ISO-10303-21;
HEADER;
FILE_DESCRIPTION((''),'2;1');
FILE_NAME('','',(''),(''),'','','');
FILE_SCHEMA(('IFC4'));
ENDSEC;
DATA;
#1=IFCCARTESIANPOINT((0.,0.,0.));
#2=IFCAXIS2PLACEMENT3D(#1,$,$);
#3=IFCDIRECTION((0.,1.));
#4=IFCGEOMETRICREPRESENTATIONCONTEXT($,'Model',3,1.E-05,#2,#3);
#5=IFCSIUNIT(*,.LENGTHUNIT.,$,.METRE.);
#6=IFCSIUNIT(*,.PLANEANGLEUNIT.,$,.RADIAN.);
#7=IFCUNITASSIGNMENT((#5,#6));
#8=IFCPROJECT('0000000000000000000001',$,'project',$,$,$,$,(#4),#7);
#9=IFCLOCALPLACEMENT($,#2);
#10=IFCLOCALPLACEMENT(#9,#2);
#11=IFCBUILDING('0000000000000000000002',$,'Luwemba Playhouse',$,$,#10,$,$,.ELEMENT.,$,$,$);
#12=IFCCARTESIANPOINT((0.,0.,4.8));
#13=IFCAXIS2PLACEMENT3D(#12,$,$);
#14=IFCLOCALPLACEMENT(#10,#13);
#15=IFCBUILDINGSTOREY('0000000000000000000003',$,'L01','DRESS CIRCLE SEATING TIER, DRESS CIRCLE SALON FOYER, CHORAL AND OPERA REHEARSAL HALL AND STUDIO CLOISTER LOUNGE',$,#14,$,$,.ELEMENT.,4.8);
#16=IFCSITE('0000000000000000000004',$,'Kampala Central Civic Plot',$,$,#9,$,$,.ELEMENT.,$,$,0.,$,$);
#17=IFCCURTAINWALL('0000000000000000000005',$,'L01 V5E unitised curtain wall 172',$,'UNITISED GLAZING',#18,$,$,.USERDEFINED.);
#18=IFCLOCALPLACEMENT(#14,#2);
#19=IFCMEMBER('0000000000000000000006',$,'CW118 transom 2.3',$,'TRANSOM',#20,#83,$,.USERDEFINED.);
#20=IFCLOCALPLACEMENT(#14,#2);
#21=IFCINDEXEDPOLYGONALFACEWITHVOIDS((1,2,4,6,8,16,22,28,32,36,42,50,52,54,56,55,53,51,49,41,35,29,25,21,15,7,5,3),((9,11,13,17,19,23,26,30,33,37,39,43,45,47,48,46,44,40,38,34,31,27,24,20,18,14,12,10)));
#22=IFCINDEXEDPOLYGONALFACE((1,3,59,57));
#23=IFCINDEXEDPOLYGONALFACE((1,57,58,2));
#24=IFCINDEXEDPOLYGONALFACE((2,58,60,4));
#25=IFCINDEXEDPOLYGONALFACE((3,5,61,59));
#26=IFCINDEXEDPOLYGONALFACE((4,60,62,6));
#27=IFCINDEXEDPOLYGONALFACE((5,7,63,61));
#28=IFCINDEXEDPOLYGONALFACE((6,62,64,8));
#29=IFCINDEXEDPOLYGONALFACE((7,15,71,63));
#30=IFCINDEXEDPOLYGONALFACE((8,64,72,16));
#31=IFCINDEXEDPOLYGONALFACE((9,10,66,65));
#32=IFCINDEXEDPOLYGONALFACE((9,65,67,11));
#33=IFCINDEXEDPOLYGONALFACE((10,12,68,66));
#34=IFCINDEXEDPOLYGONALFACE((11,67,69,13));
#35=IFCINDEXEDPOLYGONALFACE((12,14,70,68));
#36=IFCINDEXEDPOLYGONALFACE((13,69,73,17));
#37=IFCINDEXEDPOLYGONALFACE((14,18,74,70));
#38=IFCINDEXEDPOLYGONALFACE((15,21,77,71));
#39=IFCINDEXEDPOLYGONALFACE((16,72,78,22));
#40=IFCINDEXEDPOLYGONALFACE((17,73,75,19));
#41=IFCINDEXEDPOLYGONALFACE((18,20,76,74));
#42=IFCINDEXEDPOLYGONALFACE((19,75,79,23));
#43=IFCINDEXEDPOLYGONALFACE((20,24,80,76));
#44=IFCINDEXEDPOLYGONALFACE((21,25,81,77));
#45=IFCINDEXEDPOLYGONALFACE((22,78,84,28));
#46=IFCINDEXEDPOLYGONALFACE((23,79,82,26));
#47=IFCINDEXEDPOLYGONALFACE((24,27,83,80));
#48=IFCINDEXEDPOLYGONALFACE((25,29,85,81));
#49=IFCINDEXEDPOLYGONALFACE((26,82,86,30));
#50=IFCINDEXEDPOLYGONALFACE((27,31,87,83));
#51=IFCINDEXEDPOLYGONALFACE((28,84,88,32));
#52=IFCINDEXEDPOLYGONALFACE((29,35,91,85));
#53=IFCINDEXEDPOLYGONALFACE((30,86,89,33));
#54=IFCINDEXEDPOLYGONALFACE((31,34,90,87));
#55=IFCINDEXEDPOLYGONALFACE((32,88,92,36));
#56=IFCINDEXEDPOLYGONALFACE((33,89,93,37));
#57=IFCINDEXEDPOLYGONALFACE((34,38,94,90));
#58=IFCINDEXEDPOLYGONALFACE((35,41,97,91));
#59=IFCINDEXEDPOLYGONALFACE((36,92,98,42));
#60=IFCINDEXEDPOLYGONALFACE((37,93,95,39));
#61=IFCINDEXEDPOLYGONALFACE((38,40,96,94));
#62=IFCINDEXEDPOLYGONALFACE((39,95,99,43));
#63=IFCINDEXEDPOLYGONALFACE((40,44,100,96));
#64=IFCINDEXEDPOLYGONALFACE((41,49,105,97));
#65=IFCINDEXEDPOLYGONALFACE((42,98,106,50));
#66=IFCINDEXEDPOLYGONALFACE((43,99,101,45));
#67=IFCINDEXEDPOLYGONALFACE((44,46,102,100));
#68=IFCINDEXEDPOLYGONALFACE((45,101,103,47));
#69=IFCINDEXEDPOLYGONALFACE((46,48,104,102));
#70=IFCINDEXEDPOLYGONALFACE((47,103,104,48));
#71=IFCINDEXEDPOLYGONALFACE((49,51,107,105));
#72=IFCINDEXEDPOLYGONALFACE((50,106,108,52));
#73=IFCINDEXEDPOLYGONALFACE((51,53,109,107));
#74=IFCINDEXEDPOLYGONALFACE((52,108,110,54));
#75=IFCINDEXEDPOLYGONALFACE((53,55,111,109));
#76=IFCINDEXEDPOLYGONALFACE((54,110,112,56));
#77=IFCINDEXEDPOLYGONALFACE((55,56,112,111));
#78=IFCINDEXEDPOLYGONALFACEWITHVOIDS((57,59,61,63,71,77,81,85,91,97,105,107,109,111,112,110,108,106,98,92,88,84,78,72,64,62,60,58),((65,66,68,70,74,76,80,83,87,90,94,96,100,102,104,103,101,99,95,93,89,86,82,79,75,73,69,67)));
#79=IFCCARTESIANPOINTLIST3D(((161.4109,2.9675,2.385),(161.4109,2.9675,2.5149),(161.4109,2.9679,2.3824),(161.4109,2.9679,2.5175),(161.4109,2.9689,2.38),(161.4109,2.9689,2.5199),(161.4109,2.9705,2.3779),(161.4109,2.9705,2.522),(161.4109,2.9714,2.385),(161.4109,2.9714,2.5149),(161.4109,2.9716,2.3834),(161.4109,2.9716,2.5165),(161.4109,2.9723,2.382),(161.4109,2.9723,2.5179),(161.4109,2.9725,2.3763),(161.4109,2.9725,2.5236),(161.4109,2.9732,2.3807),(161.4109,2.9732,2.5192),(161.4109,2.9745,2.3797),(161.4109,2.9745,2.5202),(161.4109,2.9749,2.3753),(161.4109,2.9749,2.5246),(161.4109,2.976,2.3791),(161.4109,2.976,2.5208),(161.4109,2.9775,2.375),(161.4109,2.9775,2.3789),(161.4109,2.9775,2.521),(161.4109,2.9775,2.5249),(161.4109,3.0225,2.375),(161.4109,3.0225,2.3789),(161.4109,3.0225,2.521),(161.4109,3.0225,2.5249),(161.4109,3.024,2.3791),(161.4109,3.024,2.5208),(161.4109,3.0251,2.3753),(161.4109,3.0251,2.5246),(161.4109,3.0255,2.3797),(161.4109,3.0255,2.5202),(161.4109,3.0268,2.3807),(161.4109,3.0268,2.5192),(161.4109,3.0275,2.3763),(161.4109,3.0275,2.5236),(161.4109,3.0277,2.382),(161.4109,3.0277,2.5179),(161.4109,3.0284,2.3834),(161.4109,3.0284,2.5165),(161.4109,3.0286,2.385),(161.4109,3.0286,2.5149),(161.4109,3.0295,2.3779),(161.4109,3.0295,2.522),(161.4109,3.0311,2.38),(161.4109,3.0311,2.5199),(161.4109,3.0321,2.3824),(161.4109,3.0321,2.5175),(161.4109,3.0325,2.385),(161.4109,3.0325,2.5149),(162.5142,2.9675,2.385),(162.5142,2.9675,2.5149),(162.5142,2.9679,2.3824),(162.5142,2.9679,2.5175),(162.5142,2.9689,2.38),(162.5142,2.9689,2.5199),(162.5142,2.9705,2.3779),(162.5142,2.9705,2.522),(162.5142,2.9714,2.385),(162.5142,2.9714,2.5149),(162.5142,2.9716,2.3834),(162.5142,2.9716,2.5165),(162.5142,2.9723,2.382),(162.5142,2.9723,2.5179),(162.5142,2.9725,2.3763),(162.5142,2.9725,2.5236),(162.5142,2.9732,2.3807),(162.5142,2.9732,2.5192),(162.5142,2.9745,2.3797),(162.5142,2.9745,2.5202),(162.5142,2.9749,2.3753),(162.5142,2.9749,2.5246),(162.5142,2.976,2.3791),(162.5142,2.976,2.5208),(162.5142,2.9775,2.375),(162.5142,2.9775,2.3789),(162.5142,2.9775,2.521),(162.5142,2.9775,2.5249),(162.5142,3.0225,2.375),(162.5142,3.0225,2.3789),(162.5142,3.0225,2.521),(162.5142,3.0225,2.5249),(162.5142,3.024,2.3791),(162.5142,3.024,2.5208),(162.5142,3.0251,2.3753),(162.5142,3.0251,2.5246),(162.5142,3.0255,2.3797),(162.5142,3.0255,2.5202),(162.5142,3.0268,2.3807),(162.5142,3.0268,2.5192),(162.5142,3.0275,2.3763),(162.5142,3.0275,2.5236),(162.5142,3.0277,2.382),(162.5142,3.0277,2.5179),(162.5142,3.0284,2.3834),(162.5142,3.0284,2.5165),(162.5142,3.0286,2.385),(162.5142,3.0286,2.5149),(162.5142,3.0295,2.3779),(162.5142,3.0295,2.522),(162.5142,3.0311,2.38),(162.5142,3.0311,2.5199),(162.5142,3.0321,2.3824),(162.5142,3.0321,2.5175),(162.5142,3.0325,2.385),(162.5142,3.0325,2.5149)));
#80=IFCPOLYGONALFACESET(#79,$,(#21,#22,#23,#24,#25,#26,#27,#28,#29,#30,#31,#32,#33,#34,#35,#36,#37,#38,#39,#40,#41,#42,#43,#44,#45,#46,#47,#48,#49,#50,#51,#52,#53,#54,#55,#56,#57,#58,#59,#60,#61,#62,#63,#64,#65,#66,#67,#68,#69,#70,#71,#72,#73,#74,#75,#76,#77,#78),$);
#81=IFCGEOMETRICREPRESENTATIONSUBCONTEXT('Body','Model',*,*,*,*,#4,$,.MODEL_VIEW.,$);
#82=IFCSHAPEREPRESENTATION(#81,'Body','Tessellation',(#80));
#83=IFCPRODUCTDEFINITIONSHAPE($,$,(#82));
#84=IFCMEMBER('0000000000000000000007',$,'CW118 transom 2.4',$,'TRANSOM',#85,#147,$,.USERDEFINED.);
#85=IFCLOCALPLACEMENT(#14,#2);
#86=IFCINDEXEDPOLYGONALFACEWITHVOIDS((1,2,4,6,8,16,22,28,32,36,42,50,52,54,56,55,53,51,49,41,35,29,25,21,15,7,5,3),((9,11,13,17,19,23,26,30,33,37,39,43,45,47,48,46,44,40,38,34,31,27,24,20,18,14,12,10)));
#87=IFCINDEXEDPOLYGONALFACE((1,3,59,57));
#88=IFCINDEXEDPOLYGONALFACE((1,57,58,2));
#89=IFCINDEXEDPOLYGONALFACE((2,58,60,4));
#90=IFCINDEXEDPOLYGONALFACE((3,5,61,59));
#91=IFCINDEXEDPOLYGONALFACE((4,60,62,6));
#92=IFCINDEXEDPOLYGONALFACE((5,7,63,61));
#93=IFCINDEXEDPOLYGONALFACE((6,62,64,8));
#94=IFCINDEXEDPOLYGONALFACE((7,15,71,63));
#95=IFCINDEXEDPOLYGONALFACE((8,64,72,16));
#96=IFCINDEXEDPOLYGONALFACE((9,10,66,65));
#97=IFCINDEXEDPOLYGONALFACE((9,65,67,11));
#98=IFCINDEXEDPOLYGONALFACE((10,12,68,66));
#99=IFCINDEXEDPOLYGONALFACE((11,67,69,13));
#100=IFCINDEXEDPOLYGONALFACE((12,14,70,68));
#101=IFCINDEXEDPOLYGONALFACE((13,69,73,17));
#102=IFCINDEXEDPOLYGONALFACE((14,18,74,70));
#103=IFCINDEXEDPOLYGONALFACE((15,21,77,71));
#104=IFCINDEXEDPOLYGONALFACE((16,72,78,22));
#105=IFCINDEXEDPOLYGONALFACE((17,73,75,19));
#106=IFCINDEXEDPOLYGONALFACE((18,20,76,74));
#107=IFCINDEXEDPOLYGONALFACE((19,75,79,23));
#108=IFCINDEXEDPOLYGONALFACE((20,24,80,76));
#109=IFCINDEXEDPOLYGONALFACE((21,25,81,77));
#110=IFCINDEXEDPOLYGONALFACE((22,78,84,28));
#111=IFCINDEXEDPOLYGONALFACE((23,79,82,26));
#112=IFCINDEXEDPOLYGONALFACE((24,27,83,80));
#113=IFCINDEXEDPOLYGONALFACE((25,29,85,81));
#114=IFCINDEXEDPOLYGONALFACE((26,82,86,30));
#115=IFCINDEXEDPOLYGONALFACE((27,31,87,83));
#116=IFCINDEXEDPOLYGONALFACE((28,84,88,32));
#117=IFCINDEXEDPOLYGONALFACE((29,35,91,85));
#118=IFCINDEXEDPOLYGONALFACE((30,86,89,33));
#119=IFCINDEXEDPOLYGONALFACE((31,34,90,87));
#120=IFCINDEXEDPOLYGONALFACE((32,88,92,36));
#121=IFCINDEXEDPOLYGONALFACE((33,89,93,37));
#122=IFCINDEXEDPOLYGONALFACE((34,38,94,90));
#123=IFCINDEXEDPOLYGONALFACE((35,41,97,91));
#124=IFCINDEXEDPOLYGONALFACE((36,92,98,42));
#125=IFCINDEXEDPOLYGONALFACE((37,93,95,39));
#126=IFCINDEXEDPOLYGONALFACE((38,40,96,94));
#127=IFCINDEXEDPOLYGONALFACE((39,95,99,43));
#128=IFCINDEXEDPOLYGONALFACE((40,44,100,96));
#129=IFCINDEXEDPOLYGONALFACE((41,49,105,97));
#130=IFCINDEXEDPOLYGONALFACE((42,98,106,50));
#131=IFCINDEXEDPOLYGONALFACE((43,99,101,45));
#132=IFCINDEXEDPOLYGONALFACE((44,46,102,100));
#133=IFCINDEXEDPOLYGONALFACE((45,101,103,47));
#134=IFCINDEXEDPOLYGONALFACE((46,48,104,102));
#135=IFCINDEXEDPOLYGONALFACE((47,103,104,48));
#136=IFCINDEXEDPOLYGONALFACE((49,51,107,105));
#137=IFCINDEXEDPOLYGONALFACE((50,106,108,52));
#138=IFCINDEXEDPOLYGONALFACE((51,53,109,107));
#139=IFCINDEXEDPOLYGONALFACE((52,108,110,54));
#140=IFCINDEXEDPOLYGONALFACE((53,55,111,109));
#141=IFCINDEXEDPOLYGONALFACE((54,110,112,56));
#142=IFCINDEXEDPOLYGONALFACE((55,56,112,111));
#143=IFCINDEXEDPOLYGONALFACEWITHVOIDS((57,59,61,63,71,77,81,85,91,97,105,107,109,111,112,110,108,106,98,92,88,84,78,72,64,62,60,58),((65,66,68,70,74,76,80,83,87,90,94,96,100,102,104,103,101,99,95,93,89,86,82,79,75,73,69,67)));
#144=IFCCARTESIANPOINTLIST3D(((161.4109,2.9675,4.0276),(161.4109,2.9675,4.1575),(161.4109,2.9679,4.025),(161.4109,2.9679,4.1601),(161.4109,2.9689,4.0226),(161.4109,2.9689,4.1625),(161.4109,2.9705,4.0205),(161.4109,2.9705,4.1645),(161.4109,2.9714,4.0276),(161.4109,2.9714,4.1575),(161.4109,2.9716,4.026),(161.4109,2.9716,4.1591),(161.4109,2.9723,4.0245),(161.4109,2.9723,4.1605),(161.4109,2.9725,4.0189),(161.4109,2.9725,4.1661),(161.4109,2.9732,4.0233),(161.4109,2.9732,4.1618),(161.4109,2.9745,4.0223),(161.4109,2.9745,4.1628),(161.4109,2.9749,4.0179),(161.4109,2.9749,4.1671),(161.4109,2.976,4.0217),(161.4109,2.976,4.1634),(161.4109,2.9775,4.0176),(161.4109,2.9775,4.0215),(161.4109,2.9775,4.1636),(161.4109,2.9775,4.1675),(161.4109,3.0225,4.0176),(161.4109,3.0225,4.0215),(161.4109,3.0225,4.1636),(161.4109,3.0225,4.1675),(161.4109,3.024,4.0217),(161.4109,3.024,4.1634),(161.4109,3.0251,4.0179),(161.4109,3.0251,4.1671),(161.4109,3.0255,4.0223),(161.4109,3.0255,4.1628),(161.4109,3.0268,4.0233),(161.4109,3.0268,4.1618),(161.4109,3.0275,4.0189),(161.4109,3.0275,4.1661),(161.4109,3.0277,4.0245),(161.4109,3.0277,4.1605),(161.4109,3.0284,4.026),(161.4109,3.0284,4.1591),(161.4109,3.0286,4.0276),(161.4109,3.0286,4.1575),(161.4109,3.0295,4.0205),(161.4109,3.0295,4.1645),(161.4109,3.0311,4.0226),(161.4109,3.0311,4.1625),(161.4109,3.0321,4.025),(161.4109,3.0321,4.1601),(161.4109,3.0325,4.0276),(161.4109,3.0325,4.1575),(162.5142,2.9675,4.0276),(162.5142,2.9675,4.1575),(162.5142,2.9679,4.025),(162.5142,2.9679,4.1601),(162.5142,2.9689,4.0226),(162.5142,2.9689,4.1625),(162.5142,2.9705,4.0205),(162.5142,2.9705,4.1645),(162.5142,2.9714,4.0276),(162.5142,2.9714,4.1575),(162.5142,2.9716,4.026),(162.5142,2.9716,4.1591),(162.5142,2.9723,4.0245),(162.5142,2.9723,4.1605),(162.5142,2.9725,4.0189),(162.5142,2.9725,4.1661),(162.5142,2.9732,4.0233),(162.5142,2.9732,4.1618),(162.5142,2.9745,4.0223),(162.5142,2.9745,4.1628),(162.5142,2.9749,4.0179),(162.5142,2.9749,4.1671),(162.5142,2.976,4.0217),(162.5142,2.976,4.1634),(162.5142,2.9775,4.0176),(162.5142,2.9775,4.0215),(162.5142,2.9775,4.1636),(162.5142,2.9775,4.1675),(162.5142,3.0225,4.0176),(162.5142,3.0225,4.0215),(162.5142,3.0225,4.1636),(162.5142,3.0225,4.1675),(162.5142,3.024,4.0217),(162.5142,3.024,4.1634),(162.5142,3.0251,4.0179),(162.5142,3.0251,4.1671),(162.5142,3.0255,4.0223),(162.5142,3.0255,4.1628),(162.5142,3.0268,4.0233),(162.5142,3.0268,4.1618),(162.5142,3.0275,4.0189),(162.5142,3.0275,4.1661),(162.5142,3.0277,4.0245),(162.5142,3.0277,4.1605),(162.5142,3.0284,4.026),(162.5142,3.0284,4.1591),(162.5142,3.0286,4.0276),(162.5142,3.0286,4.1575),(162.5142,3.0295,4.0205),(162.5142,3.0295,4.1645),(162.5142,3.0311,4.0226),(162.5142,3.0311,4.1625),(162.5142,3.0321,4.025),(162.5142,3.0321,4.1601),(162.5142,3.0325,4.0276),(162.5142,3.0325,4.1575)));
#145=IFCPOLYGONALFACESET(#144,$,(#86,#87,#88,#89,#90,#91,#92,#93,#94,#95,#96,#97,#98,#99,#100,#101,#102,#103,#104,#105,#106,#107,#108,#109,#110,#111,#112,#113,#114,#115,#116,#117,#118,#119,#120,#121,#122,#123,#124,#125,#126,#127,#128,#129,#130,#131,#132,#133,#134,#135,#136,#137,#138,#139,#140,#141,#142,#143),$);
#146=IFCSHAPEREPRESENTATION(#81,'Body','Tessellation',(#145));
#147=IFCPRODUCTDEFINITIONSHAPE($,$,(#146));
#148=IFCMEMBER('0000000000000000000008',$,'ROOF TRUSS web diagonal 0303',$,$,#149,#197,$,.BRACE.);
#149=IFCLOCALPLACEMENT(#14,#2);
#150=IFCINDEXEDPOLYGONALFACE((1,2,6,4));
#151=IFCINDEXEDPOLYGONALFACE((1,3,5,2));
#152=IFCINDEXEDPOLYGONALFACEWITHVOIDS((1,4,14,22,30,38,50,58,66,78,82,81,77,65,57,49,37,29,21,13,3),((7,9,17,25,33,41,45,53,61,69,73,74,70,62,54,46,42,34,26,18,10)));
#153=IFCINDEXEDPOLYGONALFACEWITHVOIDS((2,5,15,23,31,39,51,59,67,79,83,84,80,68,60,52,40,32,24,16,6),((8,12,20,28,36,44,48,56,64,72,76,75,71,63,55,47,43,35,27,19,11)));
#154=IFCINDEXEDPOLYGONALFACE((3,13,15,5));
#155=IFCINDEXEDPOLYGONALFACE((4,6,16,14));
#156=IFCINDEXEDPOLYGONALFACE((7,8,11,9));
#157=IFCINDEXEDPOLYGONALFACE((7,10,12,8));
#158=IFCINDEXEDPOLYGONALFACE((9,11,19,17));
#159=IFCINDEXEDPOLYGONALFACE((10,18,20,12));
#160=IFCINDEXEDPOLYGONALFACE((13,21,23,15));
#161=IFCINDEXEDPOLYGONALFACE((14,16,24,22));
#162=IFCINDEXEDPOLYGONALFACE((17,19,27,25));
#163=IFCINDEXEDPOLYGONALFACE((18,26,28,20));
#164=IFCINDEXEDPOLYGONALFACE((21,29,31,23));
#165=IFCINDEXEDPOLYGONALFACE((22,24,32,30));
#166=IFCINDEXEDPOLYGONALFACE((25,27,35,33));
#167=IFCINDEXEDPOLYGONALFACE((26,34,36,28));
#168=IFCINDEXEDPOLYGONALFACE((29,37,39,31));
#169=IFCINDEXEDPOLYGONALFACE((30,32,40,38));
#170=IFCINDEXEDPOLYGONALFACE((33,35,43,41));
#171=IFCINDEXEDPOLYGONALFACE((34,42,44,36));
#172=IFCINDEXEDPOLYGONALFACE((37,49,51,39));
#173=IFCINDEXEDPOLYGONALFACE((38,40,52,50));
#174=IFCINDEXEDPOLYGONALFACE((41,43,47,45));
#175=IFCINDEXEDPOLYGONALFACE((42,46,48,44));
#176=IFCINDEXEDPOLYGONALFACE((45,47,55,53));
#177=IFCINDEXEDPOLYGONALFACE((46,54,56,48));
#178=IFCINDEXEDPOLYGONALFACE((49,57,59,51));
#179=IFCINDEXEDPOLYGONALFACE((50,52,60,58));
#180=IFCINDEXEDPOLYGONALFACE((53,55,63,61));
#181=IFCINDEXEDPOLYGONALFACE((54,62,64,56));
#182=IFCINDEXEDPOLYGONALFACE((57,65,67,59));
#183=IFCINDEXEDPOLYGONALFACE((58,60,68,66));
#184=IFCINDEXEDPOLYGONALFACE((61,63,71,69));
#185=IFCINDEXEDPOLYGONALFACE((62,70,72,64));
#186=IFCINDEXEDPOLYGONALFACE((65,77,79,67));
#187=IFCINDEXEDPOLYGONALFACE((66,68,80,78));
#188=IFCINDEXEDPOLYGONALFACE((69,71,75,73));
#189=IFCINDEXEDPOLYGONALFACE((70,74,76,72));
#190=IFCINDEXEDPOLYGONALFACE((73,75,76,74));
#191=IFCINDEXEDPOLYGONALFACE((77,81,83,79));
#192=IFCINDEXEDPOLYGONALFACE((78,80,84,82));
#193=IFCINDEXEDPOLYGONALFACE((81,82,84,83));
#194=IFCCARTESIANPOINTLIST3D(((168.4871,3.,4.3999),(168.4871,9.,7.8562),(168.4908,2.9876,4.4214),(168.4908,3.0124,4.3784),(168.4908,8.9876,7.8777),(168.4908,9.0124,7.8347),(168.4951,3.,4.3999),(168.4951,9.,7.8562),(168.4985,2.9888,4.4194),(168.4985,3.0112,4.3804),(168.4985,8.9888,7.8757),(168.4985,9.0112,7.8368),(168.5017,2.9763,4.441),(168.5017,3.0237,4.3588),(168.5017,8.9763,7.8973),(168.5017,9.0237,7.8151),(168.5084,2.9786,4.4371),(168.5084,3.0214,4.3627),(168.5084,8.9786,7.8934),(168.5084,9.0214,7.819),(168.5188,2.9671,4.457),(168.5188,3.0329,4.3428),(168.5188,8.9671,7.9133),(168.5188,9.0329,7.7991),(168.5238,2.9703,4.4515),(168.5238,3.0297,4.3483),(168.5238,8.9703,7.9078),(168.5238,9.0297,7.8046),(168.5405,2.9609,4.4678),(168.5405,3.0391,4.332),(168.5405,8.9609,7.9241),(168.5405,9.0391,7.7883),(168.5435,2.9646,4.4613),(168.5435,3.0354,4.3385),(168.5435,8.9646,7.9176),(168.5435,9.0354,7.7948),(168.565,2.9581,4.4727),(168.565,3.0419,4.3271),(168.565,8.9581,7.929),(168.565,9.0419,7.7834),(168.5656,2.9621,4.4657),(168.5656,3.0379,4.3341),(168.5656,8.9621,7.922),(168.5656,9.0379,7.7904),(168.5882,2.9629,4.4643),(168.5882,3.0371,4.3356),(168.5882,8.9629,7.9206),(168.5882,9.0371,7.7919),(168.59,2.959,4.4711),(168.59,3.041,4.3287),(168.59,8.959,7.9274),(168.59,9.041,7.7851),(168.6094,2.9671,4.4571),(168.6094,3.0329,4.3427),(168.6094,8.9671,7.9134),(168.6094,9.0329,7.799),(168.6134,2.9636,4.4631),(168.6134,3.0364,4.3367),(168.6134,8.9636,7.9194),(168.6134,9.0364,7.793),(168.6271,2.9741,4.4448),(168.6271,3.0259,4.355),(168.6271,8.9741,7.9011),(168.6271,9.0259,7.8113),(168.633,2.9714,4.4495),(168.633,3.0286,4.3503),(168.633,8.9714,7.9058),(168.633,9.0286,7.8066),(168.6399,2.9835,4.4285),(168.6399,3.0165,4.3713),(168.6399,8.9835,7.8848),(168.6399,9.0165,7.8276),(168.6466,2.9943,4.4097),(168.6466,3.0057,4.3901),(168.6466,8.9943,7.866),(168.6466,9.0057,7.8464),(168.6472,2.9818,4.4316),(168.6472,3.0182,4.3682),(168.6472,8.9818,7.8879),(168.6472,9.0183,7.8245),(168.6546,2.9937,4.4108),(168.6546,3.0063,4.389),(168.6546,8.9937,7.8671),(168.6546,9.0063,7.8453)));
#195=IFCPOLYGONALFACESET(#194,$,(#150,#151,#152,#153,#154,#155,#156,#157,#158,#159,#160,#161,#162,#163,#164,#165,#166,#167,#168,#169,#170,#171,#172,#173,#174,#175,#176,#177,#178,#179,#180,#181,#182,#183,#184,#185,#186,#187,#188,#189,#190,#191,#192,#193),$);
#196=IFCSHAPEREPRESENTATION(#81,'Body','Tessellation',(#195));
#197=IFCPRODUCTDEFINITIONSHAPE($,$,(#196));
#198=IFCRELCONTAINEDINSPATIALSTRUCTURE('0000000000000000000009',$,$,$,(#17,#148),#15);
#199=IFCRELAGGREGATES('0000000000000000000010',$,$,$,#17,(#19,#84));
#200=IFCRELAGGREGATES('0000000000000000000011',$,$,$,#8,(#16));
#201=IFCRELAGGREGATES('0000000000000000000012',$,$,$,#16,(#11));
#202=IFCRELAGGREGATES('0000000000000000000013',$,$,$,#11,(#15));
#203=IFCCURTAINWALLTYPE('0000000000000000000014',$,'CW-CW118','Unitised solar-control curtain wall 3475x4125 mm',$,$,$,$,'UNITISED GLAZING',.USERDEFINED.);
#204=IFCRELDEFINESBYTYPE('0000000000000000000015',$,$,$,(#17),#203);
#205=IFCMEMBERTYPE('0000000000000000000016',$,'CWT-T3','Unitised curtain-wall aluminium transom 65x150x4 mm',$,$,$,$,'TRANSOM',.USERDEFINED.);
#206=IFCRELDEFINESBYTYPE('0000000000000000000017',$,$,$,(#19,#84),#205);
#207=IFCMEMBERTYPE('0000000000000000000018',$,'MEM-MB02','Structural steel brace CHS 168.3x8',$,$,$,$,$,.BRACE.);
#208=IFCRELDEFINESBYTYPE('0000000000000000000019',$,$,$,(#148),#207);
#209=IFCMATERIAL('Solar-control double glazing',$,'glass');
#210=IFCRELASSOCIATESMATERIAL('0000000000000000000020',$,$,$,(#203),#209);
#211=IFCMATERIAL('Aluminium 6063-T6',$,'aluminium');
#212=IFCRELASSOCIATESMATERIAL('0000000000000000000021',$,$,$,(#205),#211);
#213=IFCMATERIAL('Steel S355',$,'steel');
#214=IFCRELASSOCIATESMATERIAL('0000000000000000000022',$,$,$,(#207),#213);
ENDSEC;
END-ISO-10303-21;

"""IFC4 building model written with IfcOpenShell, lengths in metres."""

from ifc_helpers import new_model, si_unit, direction, frame, origin, origin_2d, place, context, subcontext, project, spatial, hollow_rectangle, hollow_circle, extrude, material, material_profile, profile_set, type_object, element, aggregate, save


model = new_model("IFC4")

# Units and contexts
model_context = context("Model", 3, precision=1e-05, world=origin(), true_north=direction((0.0, 1.0)))
body_context = subcontext(model_context, "Body", "Model", "MODEL_VIEW")
ifc_project = project(units=[si_unit("LENGTHUNIT", "METRE"), si_unit("PLANEANGLEUNIT", "RADIAN")], contexts=[model_context])

# Site, building, storey
site_placement = place(None, origin())
site = spatial("IfcSite", under=ifc_project, at=site_placement, Name="Kampala Central Civic Plot", CompositionType="ELEMENT", RefElevation=0.0)
building_placement = place(site_placement, origin())
building = spatial("IfcBuilding", under=site, at=building_placement, Name="Luwemba Playhouse", CompositionType="ELEMENT")
storey_placement = place(building_placement, frame((0.0, 0.0, 4.8)))
storey = spatial("IfcBuildingStorey", under=building, at=storey_placement, Name="L01", Description="DRESS CIRCLE SEATING TIER, DRESS CIRCLE SALON FOYER, CHORAL AND OPERA REHEARSAL HALL AND STUDIO CLOISTER LOUNGE", CompositionType="ELEMENT", Elevation=4.8)

# Shared definitions
ifc_material_1 = material(Name="Steel S355", Category="steel")

# Curtain wall, members
ifc_material_2 = material(Name="Solar-control double glazing", Category="glass")
ifc_material_3 = material(Name="Aluminium 6063-T6", Category="aluminium")
curtain_wall_type_1 = type_object("IfcCurtainWallType", Name="CW-CW118", Description="Unitised solar-control curtain wall 3475x4125 mm", ElementType="UNITISED GLAZING", PredefinedType="USERDEFINED", material=ifc_material_2)
curtain_wall_1_placement = place(storey_placement, origin())
curtain_wall_1 = element("IfcCurtainWall", 1, at=curtain_wall_1_placement, inside=storey, type_object=curtain_wall_type_1, Name="L01 V5E unitised curtain wall 172", ObjectType="UNITISED GLAZING", PredefinedType="USERDEFINED")
ifc_material_profile_1 = material_profile(ifc_material_3, hollow_rectangle(XDim=0.0649, YDim=0.1499, WallThickness=0.0039, InnerFilletRadius=0.0061, OuterFilletRadius=0.01, at=origin_2d()))
ifc_profile_set_1 = profile_set([ifc_material_profile_1], Name="Aluminium 6063-T6")
member_type_1 = type_object("IfcMemberType", Name="CWT-T3", Description="Unitised curtain-wall aluminium transom 65x150x4 mm", ElementType="TRANSOM", PredefinedType="USERDEFINED", material=ifc_profile_set_1)
member_1_placement = place(storey_placement, frame((162.5142, 3.0, 2.45), z_axis=(-1.0, 0.0, 0.0), x_axis=(0.0, -1.0, 0.0)))
member_1 = element("IfcMember", 2, at=member_1_placement, type_object=member_type_1, Name="CW118 transom 2.3", ObjectType="TRANSOM", PredefinedType="USERDEFINED", context=body_context, shape_type="SweptSolid", body=[
    extrude(hollow_rectangle(XDim=0.0649, YDim=0.1499, WallThickness=0.0039, InnerFilletRadius=0.0061, OuterFilletRadius=0.01, at=origin_2d()), origin(), (0.0, 0.0, 1.0), 1.1033),
])
member_2_placement = place(storey_placement, frame((162.5142, 3.0, 4.0925), z_axis=(-1.0, 0.0, 0.0), x_axis=(0.0, -1.0, 0.0)))
member_2 = element("IfcMember", 3, at=member_2_placement, type_object=member_type_1, Name="CW118 transom 2.4", ObjectType="TRANSOM", PredefinedType="USERDEFINED", context=body_context, shape_type="SweptSolid", body=[
    extrude(hollow_rectangle(XDim=0.0649, YDim=0.1499, WallThickness=0.0039, InnerFilletRadius=0.0061, OuterFilletRadius=0.01, at=origin_2d()), origin(), (0.0, 0.0, 1.0), 1.1033),
])

# Member
ifc_material_profile_2 = material_profile(ifc_material_1, hollow_circle(Radius=0.0842, WallThickness=0.0081, at=origin_2d()))
ifc_profile_set_2 = profile_set([ifc_material_profile_2], Name="Steel S355")
member_type_2 = type_object("IfcMemberType", Name="MEM-MB02", Description="Structural steel brace CHS 168.3x8", PredefinedType="BRACE", material=ifc_profile_set_2)
member_3_placement = place(storey_placement, frame((168.5713, 3.0, 4.3999), z_axis=(0.0, 0.866513, 0.499155), x_axis=(-1.0, 0.0, 0.0)))
element("IfcMember", 4, at=member_3_placement, inside=storey, type_object=member_type_2, Name="ROOF TRUSS web diagonal 0303", PredefinedType="BRACE", context=body_context, shape_type="SweptSolid", body=[
    extrude(hollow_circle(Radius=0.0842, WallThickness=0.0081, at=origin_2d()), origin(), (0.0, 0.0, 1.0), 6.9243),
])

aggregate(curtain_wall_1, [member_1, member_2])

save(model, "model.ifc")
